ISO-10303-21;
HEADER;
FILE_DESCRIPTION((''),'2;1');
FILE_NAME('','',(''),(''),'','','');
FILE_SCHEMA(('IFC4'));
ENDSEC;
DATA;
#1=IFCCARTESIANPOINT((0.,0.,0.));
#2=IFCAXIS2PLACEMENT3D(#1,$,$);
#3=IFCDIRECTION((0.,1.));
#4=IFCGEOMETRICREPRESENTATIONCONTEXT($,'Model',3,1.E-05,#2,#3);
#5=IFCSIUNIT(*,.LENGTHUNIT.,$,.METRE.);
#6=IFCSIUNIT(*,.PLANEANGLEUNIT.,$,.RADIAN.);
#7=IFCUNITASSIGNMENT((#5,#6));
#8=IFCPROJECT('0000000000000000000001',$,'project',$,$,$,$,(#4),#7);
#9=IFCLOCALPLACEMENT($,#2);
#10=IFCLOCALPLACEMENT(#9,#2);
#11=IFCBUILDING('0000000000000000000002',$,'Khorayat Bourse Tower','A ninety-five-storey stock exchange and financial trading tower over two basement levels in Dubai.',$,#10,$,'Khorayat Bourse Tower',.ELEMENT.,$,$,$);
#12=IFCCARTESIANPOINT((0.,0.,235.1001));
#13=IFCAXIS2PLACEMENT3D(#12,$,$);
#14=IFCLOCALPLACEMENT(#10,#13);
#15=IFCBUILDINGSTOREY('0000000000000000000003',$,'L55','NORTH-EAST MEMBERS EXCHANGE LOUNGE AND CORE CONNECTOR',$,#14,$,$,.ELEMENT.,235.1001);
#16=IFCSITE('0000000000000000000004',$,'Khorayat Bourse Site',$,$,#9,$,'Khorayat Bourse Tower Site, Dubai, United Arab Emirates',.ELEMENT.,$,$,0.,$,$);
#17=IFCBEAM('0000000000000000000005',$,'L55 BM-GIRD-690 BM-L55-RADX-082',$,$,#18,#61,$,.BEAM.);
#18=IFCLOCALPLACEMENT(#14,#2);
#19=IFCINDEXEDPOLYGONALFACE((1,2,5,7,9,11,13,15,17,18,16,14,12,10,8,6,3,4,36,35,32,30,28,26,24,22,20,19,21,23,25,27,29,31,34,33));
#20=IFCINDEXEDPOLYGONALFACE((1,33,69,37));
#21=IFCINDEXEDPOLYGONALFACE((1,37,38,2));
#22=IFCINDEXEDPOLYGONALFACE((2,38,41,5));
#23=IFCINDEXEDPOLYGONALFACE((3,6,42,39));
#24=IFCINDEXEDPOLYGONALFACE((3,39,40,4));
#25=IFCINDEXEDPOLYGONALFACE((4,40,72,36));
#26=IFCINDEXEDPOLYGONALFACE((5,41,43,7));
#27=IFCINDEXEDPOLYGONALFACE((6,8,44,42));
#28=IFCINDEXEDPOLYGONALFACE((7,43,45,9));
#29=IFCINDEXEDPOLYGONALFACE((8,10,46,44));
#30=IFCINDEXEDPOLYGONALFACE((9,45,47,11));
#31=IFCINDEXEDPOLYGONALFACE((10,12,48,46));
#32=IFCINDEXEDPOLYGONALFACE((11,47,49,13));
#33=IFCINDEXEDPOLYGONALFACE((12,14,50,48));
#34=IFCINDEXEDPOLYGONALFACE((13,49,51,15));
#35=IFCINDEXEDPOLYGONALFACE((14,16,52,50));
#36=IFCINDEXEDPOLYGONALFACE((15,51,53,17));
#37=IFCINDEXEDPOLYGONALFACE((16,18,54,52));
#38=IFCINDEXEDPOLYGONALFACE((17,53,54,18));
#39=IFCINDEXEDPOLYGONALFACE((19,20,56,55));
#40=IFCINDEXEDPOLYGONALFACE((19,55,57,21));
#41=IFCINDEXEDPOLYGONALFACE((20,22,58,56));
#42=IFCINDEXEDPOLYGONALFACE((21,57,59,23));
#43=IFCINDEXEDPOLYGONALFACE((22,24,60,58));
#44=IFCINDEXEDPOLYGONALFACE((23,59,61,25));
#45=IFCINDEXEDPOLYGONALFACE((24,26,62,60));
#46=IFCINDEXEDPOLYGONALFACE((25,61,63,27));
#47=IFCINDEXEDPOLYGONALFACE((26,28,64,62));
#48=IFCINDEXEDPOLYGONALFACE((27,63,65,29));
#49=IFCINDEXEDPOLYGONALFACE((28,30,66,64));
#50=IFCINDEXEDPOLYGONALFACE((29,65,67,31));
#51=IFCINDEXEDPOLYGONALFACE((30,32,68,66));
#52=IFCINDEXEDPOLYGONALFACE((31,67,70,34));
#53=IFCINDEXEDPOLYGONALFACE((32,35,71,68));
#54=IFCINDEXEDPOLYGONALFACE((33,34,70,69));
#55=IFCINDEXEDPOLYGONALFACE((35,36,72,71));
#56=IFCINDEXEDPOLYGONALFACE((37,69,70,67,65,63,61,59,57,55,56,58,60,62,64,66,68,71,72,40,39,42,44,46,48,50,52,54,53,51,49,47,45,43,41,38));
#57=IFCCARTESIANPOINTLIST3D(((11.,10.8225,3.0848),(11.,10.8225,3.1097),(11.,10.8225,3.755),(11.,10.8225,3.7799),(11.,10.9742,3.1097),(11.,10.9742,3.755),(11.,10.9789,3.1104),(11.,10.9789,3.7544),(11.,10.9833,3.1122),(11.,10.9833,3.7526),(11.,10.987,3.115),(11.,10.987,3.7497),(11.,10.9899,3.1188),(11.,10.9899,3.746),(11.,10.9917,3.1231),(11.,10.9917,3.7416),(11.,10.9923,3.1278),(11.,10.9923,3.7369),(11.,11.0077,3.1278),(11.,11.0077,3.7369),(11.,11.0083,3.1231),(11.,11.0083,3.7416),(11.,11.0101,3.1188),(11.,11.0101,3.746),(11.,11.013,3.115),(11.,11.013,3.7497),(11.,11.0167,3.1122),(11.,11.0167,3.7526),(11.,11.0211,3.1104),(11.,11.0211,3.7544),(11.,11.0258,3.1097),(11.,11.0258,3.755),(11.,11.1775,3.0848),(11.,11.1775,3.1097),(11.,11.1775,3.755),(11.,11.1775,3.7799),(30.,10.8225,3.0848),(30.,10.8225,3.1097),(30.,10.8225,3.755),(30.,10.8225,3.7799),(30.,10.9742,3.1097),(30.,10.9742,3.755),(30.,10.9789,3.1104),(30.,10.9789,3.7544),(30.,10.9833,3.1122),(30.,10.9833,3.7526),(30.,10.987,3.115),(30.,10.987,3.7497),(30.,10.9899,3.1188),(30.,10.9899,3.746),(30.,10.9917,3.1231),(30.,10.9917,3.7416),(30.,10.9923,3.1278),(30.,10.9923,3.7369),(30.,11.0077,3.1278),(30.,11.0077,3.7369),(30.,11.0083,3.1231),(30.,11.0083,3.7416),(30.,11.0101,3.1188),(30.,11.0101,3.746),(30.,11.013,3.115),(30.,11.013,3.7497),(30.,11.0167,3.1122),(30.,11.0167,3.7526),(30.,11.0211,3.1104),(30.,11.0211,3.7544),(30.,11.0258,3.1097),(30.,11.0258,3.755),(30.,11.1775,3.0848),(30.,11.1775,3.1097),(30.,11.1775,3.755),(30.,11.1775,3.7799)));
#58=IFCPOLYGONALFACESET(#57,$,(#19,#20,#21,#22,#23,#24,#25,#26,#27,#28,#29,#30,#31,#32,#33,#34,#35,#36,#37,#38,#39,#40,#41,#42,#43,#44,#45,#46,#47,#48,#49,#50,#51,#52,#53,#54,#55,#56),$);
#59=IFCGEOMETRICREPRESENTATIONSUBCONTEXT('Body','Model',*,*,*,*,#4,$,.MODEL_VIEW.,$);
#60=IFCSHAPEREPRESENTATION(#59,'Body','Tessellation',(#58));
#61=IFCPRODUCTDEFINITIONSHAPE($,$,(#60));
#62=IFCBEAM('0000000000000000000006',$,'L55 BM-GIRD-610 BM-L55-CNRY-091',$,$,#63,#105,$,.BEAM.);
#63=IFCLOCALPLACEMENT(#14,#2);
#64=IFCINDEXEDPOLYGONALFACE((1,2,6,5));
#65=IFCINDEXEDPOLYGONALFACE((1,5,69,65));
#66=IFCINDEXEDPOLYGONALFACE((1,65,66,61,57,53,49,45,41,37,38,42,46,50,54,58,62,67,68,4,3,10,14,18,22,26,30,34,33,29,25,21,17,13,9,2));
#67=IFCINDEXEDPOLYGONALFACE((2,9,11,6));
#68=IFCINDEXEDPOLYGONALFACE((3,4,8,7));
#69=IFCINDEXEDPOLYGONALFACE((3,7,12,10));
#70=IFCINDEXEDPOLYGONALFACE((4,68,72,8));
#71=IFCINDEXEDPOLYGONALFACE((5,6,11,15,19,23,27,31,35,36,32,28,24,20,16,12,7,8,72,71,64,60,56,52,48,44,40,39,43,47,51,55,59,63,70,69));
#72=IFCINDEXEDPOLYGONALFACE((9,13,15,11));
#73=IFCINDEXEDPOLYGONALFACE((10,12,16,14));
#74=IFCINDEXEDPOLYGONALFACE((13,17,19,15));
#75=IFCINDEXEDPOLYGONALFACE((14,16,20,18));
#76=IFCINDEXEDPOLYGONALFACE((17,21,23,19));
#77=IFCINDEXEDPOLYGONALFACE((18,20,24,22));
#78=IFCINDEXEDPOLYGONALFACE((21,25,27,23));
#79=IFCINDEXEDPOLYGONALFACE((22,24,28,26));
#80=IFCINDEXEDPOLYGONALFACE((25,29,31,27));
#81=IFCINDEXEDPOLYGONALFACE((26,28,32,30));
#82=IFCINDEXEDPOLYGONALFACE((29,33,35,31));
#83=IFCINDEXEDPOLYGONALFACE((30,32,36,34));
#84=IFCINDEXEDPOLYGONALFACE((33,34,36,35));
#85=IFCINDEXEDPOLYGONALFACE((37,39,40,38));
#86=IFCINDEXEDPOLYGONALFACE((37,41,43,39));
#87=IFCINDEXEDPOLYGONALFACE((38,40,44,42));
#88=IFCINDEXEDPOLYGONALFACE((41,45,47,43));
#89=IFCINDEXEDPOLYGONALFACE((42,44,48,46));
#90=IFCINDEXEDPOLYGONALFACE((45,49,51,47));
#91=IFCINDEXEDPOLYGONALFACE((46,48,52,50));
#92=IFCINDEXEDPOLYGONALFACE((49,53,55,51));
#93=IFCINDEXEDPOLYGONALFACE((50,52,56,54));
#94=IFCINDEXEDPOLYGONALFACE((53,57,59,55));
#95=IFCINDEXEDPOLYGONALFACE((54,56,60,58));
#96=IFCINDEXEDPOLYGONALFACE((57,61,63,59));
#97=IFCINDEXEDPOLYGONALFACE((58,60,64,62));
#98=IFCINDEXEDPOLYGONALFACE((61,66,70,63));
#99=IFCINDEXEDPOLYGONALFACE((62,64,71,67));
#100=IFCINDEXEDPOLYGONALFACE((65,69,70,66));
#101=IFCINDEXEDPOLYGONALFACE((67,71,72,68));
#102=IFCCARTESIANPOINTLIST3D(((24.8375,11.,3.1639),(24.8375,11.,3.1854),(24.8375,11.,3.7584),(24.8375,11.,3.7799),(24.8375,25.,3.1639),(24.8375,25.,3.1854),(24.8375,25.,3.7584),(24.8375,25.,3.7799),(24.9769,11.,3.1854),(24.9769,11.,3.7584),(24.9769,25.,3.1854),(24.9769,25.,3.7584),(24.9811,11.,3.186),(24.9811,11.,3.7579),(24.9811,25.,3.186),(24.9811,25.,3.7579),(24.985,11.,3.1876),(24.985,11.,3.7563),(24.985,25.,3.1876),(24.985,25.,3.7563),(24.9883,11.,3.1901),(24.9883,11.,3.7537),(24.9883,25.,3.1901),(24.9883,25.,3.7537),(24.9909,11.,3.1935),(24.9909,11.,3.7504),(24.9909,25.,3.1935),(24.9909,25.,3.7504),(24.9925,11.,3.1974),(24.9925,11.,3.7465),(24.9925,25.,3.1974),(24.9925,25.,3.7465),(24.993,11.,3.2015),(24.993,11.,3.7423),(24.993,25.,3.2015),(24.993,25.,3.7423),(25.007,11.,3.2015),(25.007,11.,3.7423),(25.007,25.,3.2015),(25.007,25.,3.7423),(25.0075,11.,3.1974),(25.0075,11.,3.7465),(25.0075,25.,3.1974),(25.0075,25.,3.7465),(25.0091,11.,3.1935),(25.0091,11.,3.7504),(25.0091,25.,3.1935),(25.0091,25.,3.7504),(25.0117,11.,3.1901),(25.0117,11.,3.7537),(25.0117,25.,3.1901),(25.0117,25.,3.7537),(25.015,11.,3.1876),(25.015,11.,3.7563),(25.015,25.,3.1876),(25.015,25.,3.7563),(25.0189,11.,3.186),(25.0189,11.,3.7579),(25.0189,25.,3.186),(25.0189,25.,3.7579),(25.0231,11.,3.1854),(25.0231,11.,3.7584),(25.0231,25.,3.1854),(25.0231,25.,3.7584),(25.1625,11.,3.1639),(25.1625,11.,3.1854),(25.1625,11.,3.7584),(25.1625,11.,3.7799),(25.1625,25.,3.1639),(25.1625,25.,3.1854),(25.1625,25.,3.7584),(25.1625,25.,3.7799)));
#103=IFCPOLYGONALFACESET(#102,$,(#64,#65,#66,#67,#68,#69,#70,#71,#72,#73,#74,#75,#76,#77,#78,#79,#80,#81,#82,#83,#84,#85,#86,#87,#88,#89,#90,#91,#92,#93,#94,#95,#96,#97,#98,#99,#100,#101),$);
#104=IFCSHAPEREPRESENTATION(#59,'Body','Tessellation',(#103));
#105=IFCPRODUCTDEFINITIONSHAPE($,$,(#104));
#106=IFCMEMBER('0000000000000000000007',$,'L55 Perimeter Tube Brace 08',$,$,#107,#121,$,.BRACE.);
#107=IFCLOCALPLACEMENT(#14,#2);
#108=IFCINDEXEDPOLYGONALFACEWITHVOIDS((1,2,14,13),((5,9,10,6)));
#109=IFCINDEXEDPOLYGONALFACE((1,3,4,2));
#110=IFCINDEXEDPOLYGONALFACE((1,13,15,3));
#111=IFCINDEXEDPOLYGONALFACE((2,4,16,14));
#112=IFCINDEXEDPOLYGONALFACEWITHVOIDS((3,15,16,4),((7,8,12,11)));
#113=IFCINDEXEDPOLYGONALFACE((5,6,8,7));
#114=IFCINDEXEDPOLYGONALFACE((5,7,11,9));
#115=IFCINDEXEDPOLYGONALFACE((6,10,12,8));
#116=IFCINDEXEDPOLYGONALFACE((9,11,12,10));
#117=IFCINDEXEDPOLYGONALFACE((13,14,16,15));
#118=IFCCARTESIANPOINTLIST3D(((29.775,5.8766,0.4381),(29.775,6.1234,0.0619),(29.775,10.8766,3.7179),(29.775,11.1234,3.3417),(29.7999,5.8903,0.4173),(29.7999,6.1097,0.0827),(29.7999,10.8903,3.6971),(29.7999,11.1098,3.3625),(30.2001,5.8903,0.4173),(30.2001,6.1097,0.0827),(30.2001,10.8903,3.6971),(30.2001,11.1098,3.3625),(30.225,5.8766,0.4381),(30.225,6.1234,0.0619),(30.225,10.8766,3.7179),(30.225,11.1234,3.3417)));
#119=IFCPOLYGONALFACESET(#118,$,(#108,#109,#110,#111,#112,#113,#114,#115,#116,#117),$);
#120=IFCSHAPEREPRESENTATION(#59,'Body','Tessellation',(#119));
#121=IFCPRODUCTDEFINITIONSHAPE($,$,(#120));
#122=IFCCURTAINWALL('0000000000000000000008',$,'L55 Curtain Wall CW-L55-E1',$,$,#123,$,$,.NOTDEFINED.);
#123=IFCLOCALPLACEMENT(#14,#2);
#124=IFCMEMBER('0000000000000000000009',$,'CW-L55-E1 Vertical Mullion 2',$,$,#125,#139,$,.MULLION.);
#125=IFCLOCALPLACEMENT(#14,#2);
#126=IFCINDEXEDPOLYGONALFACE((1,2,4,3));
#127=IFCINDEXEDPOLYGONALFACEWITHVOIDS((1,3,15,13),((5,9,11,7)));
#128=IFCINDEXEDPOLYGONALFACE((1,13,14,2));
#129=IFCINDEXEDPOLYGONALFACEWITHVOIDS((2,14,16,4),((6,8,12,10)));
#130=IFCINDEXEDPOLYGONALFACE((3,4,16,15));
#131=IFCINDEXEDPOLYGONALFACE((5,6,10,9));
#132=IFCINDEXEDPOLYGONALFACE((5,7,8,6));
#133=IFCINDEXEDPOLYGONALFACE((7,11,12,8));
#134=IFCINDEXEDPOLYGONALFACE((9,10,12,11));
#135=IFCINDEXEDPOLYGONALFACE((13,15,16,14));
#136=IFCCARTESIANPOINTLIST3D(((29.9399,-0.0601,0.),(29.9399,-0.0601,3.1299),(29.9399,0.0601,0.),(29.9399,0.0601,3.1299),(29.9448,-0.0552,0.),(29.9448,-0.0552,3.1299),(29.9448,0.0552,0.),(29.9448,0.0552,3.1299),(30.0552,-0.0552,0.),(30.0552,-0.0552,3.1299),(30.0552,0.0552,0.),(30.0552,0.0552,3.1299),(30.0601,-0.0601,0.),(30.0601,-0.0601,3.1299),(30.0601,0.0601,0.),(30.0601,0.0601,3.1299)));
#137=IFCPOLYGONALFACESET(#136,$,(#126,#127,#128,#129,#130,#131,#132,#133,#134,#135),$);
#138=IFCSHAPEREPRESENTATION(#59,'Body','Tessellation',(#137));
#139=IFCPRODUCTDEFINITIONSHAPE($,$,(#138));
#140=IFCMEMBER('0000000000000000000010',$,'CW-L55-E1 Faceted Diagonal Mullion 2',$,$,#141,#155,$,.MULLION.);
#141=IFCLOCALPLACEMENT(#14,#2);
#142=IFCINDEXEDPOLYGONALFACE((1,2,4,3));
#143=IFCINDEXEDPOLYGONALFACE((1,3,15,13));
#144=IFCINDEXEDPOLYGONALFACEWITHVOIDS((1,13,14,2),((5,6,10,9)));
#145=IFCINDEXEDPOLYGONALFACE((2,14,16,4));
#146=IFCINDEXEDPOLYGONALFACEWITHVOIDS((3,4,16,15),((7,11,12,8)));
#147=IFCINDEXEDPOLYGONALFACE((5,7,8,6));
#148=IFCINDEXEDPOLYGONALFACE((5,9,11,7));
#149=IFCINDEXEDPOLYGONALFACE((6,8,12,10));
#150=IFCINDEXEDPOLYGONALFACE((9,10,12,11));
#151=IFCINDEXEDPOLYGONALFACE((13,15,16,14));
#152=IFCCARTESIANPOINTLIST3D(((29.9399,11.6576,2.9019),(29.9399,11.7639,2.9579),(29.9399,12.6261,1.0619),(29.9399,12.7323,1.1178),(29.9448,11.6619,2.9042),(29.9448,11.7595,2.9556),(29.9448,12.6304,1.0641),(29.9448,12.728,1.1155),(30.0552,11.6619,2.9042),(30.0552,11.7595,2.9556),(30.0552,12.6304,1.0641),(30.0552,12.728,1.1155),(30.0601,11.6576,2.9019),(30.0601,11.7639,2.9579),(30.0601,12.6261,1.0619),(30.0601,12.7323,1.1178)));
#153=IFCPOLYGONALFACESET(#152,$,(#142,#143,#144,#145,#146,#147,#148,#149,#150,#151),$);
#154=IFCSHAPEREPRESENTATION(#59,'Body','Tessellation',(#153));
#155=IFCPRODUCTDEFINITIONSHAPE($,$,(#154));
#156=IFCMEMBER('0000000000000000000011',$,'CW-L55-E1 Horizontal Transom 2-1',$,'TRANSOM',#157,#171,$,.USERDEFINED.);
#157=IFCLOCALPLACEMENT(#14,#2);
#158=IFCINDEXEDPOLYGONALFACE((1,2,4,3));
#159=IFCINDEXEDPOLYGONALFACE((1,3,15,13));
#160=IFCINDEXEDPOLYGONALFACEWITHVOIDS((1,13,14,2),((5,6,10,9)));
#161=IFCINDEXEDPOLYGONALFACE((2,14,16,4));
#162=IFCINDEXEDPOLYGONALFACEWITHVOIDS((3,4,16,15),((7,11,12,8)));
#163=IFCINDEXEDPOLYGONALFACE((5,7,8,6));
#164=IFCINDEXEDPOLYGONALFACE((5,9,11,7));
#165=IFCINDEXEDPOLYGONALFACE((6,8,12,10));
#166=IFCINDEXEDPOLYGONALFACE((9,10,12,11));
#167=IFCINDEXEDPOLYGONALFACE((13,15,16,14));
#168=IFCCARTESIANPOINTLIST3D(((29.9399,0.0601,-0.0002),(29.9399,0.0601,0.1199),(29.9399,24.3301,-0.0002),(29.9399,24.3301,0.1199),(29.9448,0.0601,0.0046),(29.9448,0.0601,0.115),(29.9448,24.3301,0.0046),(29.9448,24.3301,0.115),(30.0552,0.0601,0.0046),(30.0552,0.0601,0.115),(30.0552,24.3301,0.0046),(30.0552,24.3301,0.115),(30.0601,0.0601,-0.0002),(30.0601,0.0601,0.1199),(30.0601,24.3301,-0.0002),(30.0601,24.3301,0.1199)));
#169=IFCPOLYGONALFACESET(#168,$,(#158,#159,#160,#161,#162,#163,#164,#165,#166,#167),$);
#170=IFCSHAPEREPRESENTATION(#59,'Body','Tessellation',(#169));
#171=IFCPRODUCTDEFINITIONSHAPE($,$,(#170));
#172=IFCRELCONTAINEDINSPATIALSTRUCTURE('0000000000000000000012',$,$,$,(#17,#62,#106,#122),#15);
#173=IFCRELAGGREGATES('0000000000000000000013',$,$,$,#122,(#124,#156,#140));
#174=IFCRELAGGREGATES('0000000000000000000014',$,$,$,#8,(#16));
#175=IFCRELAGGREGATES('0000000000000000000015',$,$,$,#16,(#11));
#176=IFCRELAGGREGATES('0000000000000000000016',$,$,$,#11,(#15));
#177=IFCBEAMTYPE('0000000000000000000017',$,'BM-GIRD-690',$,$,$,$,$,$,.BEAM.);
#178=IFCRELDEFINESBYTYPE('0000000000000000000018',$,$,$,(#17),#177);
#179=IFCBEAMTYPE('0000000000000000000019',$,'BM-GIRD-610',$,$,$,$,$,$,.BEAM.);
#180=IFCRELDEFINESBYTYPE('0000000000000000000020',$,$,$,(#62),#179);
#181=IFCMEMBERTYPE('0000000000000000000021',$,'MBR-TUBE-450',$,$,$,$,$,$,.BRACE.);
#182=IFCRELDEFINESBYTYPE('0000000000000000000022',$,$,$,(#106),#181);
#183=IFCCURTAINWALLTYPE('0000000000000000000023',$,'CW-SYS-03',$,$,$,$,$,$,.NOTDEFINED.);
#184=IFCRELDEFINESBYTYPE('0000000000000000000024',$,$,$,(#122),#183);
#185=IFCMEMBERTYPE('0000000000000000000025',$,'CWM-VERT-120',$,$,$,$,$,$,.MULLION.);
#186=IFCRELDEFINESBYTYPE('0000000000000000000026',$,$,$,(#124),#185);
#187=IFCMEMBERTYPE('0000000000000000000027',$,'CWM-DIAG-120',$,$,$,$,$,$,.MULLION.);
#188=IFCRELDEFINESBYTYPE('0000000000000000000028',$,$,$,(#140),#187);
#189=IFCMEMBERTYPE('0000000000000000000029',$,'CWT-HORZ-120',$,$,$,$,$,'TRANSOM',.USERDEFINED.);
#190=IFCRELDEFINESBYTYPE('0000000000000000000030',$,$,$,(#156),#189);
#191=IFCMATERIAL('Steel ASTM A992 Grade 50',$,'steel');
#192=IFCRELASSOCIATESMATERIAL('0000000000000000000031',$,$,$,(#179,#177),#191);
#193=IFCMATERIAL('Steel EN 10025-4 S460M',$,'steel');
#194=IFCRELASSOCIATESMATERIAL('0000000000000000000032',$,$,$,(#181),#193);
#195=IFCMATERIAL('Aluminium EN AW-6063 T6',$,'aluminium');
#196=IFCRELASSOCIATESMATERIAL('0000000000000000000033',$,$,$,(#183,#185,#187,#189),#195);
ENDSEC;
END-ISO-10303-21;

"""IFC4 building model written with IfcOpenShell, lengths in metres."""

from ifc_helpers import new_model, si_unit, direction, frame, origin, origin_2d, place, context, subcontext, project, spatial, hollow_rectangle, i_section, extrude, source, transform, mapped, material, material_profile, profile_set, type_object, element, aggregate, save


model = new_model("IFC4")

# Units and contexts
model_context = context("Model", 3, precision=1e-05, world=origin(), true_north=direction((0.0, 1.0)))
body_context = subcontext(model_context, "Body", "Model", "MODEL_VIEW")
ifc_project = project(units=[si_unit("LENGTHUNIT", "METRE"), si_unit("PLANEANGLEUNIT", "RADIAN")], contexts=[model_context])

# Site, building, storey
site_placement = place(None, origin())
site = spatial("IfcSite", under=ifc_project, at=site_placement, Name="Khorayat Bourse Site", LongName="Khorayat Bourse Tower Site, Dubai, United Arab Emirates", CompositionType="ELEMENT", RefElevation=0.0)
building_placement = place(site_placement, origin())
building = spatial("IfcBuilding", under=site, at=building_placement, Name="Khorayat Bourse Tower", Description="A ninety-five-storey stock exchange and financial trading tower over two basement levels in Dubai.", LongName="Khorayat Bourse Tower", CompositionType="ELEMENT")
storey_placement = place(building_placement, frame((0.0, 0.0, 235.1001)))
storey = spatial("IfcBuildingStorey", under=building, at=storey_placement, Name="L55", Description="NORTH-EAST MEMBERS EXCHANGE LOUNGE AND CORE CONNECTOR", CompositionType="ELEMENT", Elevation=235.1001)

# Shared definitions
ifc_material_1 = material(Name="Steel EN 10025-4 S460M", Category="steel")

# Beams
ifc_material_2 = material(Name="Steel ASTM A992 Grade 50", Category="steel")
ifc_material_profile_1 = material_profile(ifc_material_2, i_section(OverallWidth=0.325, OverallDepth=0.616, WebThickness=0.0139, FlangeThickness=0.0215, FilletRadius=0.0161, at=origin_2d()), Name="W610X174")
ifc_profile_set_1 = profile_set([ifc_material_profile_1], Name="Steel ASTM A992 Grade 50")
beam_type_1 = type_object("IfcBeamType", Name="BM-GIRD-610", PredefinedType="BEAM", material=ifc_profile_set_1)
ifc_material_profile_2 = material_profile(ifc_material_2, i_section(OverallWidth=0.355, OverallDepth=0.6951, WebThickness=0.0154, FlangeThickness=0.0249, FilletRadius=0.0181, at=origin_2d()), Name="W690X217")
ifc_profile_set_2 = profile_set([ifc_material_profile_2], Name="Steel ASTM A992 Grade 50")
beam_type_2 = type_object("IfcBeamType", Name="BM-GIRD-690", PredefinedType="BEAM", material=ifc_profile_set_2)
shared_shape_1 = source(origin(), body_context, "Body", "SweptSolid", [
    extrude(i_section(OverallWidth=0.355, OverallDepth=0.6951, WebThickness=0.0154, FlangeThickness=0.0249, FilletRadius=0.0181, at=origin_2d()), origin(), (0.0, 0.0, 1.0), 19.0),
])
for number, where, z_axis, x_axis, name in (
    (1, (11.0, 11.0, 3.4324), (1.0, 0.0, 0.0), (0.0, 1.0, 0.0), "L55 BM-GIRD-690 BM-L55-RADX-082"),
):
    element("IfcBeam", number, at=place(storey_placement, frame(where, z_axis=z_axis, x_axis=x_axis)), inside=storey, type_object=beam_type_2, Name=name, PredefinedType="BEAM", context=body_context, shape_type="MappedRepresentation", body=[
        mapped(shared_shape_1, transform((0.0, 0.0, 0.0), scale=1.0)),
    ])
shared_shape_2 = source(origin(), body_context, "Body", "SweptSolid", [
    extrude(i_section(OverallWidth=0.325, OverallDepth=0.616, WebThickness=0.0139, FlangeThickness=0.0215, FilletRadius=0.0161, at=origin_2d()), origin(), (0.0, 0.0, 1.0), 14.0),
])
beam_1_placement = place(storey_placement, frame((25.0, 11.0, 3.4719), z_axis=(0.0, 1.0, 0.0), x_axis=(-1.0, 0.0, 0.0)))
element("IfcBeam", 2, at=beam_1_placement, inside=storey, type_object=beam_type_1, Name="L55 BM-GIRD-610 BM-L55-CNRY-091", PredefinedType="BEAM", context=body_context, shape_type="MappedRepresentation", body=[
    mapped(shared_shape_2, transform((0.0, 0.0, 0.0), scale=1.0)),
])

# Member
ifc_material_profile_3 = material_profile(ifc_material_1, hollow_rectangle(XDim=0.45, YDim=0.45, WallThickness=0.0249, at=origin_2d()), Name="HSS 450x450x25")
ifc_profile_set_3 = profile_set([ifc_material_profile_3], Name="Steel EN 10025-4 S460M")
member_type_1 = type_object("IfcMemberType", Name="MBR-TUBE-450", PredefinedType="BRACE", material=ifc_profile_set_3)
shared_shape_3 = source(origin(), body_context, "Body", "SweptSolid", [
    extrude(hollow_rectangle(XDim=0.45, YDim=0.45, WallThickness=0.0249, at=origin_2d()), origin(), (0.0, 0.0, 1.0), 5.9797),
])
member_1_placement = place(storey_placement, frame((30.0, 6.0, 0.25), z_axis=(0.0, 0.83616, 0.548485), x_axis=(-1.0, 0.0, 0.0)))
element("IfcMember", 3, at=member_1_placement, inside=storey, type_object=member_type_1, Name="L55 Perimeter Tube Brace 08", PredefinedType="BRACE", context=body_context, shape_type="MappedRepresentation", body=[
    mapped(shared_shape_3, transform((0.0, 0.0, 0.0), scale=1.0)),
])

# Curtain wall, members
ifc_material_3 = material(Name="Aluminium EN AW-6063 T6", Category="aluminium")
curtain_wall_type = type_object("IfcCurtainWallType", Name="CW-SYS-03", PredefinedType="NOTDEFINED", material=ifc_material_3)
curtain_wall_placement = place(storey_placement, origin())
curtain_wall = element("IfcCurtainWall", 4, at=curtain_wall_placement, inside=storey, type_object=curtain_wall_type, Name="L55 Curtain Wall CW-L55-E1", PredefinedType="NOTDEFINED")
ifc_material_profile_4 = material_profile(ifc_material_3, hollow_rectangle(XDim=0.1201, YDim=0.1201, WallThickness=0.0049, at=origin_2d()), Name="ALU 120x120x5")
ifc_profile_set_4 = profile_set([ifc_material_profile_4], Name="Aluminium EN AW-6063 T6")
member_type_2 = type_object("IfcMemberType", Name="CWM-VERT-120", PredefinedType="MULLION", material=ifc_profile_set_4)
shared_shape_4 = source(origin(), body_context, "Body", "SweptSolid", [
    extrude(hollow_rectangle(XDim=0.1201, YDim=0.1201, WallThickness=0.0049, at=origin_2d()), origin(), (0.0, 0.0, 1.0), 3.1299),
])
member_2_placement = place(storey_placement, frame((30.0, 0.0, 0.0), z_axis=(0.0, 0.0, 1.0), x_axis=(-1.0, 0.0, 0.0)))
member_2 = element("IfcMember", 5, at=member_2_placement, type_object=member_type_2, Name="CW-L55-E1 Vertical Mullion 2", PredefinedType="MULLION", context=body_context, shape_type="MappedRepresentation", body=[
    mapped(shared_shape_4, transform((0.0, 0.0, 0.0), scale=1.0)),
])
ifc_material_profile_5 = material_profile(ifc_material_3, hollow_rectangle(XDim=0.1201, YDim=0.1201, WallThickness=0.0049, at=origin_2d()), Name="ALU 120x120x5")
ifc_profile_set_5 = profile_set([ifc_material_profile_5], Name="Aluminium EN AW-6063 T6")
member_type_3 = type_object("IfcMemberType", Name="CWM-DIAG-120", PredefinedType="MULLION", material=ifc_profile_set_5)
shared_shape_5 = source(origin(), body_context, "Body", "SweptSolid", [
    extrude(hollow_rectangle(XDim=0.1201, YDim=0.1201, WallThickness=0.0049, at=origin_2d()), origin(), (0.0, 0.0, 1.0), 2.0793),
])
member_3_placement = place(storey_placement, frame((30.0, 12.6792, 1.0898), z_axis=(0.0, -0.465761, 0.884911), x_axis=(1.0, 0.0, 0.0)))
member_3 = element("IfcMember", 6, at=member_3_placement, type_object=member_type_3, Name="CW-L55-E1 Faceted Diagonal Mullion 2", PredefinedType="MULLION", context=body_context, shape_type="MappedRepresentation", body=[
    mapped(shared_shape_5, transform((0.0, 0.0, 0.0), scale=1.0)),
])
ifc_material_profile_6 = material_profile(ifc_material_3, hollow_rectangle(XDim=0.1201, YDim=0.1201, WallThickness=0.0049, at=origin_2d()), Name="ALU 120x120x5")
ifc_profile_set_6 = profile_set([ifc_material_profile_6], Name="Aluminium EN AW-6063 T6")
member_type_4 = type_object("IfcMemberType", Name="CWT-HORZ-120", ElementType="TRANSOM", PredefinedType="USERDEFINED", material=ifc_profile_set_6)
shared_shape_6 = source(origin(), body_context, "Body", "SweptSolid", [
    extrude(hollow_rectangle(XDim=0.1201, YDim=0.1201, WallThickness=0.0049, at=origin_2d()), origin(), (0.0, 0.0, 1.0), 24.27),
])
member_4_placement = place(storey_placement, frame((30.0, 0.0601, 0.0598), z_axis=(0.0, 1.0, 0.0), x_axis=(-1.0, 0.0, 0.0)))
member_4 = element("IfcMember", 7, at=member_4_placement, type_object=member_type_4, Name="CW-L55-E1 Horizontal Transom 2-1", ObjectType="TRANSOM", PredefinedType="USERDEFINED", context=body_context, shape_type="MappedRepresentation", body=[
    mapped(shared_shape_6, transform((0.0, 0.0, 0.0), scale=1.0)),
])

aggregate(curtain_wall, [member_2, member_4, member_3])

save(model, "model.ifc")
